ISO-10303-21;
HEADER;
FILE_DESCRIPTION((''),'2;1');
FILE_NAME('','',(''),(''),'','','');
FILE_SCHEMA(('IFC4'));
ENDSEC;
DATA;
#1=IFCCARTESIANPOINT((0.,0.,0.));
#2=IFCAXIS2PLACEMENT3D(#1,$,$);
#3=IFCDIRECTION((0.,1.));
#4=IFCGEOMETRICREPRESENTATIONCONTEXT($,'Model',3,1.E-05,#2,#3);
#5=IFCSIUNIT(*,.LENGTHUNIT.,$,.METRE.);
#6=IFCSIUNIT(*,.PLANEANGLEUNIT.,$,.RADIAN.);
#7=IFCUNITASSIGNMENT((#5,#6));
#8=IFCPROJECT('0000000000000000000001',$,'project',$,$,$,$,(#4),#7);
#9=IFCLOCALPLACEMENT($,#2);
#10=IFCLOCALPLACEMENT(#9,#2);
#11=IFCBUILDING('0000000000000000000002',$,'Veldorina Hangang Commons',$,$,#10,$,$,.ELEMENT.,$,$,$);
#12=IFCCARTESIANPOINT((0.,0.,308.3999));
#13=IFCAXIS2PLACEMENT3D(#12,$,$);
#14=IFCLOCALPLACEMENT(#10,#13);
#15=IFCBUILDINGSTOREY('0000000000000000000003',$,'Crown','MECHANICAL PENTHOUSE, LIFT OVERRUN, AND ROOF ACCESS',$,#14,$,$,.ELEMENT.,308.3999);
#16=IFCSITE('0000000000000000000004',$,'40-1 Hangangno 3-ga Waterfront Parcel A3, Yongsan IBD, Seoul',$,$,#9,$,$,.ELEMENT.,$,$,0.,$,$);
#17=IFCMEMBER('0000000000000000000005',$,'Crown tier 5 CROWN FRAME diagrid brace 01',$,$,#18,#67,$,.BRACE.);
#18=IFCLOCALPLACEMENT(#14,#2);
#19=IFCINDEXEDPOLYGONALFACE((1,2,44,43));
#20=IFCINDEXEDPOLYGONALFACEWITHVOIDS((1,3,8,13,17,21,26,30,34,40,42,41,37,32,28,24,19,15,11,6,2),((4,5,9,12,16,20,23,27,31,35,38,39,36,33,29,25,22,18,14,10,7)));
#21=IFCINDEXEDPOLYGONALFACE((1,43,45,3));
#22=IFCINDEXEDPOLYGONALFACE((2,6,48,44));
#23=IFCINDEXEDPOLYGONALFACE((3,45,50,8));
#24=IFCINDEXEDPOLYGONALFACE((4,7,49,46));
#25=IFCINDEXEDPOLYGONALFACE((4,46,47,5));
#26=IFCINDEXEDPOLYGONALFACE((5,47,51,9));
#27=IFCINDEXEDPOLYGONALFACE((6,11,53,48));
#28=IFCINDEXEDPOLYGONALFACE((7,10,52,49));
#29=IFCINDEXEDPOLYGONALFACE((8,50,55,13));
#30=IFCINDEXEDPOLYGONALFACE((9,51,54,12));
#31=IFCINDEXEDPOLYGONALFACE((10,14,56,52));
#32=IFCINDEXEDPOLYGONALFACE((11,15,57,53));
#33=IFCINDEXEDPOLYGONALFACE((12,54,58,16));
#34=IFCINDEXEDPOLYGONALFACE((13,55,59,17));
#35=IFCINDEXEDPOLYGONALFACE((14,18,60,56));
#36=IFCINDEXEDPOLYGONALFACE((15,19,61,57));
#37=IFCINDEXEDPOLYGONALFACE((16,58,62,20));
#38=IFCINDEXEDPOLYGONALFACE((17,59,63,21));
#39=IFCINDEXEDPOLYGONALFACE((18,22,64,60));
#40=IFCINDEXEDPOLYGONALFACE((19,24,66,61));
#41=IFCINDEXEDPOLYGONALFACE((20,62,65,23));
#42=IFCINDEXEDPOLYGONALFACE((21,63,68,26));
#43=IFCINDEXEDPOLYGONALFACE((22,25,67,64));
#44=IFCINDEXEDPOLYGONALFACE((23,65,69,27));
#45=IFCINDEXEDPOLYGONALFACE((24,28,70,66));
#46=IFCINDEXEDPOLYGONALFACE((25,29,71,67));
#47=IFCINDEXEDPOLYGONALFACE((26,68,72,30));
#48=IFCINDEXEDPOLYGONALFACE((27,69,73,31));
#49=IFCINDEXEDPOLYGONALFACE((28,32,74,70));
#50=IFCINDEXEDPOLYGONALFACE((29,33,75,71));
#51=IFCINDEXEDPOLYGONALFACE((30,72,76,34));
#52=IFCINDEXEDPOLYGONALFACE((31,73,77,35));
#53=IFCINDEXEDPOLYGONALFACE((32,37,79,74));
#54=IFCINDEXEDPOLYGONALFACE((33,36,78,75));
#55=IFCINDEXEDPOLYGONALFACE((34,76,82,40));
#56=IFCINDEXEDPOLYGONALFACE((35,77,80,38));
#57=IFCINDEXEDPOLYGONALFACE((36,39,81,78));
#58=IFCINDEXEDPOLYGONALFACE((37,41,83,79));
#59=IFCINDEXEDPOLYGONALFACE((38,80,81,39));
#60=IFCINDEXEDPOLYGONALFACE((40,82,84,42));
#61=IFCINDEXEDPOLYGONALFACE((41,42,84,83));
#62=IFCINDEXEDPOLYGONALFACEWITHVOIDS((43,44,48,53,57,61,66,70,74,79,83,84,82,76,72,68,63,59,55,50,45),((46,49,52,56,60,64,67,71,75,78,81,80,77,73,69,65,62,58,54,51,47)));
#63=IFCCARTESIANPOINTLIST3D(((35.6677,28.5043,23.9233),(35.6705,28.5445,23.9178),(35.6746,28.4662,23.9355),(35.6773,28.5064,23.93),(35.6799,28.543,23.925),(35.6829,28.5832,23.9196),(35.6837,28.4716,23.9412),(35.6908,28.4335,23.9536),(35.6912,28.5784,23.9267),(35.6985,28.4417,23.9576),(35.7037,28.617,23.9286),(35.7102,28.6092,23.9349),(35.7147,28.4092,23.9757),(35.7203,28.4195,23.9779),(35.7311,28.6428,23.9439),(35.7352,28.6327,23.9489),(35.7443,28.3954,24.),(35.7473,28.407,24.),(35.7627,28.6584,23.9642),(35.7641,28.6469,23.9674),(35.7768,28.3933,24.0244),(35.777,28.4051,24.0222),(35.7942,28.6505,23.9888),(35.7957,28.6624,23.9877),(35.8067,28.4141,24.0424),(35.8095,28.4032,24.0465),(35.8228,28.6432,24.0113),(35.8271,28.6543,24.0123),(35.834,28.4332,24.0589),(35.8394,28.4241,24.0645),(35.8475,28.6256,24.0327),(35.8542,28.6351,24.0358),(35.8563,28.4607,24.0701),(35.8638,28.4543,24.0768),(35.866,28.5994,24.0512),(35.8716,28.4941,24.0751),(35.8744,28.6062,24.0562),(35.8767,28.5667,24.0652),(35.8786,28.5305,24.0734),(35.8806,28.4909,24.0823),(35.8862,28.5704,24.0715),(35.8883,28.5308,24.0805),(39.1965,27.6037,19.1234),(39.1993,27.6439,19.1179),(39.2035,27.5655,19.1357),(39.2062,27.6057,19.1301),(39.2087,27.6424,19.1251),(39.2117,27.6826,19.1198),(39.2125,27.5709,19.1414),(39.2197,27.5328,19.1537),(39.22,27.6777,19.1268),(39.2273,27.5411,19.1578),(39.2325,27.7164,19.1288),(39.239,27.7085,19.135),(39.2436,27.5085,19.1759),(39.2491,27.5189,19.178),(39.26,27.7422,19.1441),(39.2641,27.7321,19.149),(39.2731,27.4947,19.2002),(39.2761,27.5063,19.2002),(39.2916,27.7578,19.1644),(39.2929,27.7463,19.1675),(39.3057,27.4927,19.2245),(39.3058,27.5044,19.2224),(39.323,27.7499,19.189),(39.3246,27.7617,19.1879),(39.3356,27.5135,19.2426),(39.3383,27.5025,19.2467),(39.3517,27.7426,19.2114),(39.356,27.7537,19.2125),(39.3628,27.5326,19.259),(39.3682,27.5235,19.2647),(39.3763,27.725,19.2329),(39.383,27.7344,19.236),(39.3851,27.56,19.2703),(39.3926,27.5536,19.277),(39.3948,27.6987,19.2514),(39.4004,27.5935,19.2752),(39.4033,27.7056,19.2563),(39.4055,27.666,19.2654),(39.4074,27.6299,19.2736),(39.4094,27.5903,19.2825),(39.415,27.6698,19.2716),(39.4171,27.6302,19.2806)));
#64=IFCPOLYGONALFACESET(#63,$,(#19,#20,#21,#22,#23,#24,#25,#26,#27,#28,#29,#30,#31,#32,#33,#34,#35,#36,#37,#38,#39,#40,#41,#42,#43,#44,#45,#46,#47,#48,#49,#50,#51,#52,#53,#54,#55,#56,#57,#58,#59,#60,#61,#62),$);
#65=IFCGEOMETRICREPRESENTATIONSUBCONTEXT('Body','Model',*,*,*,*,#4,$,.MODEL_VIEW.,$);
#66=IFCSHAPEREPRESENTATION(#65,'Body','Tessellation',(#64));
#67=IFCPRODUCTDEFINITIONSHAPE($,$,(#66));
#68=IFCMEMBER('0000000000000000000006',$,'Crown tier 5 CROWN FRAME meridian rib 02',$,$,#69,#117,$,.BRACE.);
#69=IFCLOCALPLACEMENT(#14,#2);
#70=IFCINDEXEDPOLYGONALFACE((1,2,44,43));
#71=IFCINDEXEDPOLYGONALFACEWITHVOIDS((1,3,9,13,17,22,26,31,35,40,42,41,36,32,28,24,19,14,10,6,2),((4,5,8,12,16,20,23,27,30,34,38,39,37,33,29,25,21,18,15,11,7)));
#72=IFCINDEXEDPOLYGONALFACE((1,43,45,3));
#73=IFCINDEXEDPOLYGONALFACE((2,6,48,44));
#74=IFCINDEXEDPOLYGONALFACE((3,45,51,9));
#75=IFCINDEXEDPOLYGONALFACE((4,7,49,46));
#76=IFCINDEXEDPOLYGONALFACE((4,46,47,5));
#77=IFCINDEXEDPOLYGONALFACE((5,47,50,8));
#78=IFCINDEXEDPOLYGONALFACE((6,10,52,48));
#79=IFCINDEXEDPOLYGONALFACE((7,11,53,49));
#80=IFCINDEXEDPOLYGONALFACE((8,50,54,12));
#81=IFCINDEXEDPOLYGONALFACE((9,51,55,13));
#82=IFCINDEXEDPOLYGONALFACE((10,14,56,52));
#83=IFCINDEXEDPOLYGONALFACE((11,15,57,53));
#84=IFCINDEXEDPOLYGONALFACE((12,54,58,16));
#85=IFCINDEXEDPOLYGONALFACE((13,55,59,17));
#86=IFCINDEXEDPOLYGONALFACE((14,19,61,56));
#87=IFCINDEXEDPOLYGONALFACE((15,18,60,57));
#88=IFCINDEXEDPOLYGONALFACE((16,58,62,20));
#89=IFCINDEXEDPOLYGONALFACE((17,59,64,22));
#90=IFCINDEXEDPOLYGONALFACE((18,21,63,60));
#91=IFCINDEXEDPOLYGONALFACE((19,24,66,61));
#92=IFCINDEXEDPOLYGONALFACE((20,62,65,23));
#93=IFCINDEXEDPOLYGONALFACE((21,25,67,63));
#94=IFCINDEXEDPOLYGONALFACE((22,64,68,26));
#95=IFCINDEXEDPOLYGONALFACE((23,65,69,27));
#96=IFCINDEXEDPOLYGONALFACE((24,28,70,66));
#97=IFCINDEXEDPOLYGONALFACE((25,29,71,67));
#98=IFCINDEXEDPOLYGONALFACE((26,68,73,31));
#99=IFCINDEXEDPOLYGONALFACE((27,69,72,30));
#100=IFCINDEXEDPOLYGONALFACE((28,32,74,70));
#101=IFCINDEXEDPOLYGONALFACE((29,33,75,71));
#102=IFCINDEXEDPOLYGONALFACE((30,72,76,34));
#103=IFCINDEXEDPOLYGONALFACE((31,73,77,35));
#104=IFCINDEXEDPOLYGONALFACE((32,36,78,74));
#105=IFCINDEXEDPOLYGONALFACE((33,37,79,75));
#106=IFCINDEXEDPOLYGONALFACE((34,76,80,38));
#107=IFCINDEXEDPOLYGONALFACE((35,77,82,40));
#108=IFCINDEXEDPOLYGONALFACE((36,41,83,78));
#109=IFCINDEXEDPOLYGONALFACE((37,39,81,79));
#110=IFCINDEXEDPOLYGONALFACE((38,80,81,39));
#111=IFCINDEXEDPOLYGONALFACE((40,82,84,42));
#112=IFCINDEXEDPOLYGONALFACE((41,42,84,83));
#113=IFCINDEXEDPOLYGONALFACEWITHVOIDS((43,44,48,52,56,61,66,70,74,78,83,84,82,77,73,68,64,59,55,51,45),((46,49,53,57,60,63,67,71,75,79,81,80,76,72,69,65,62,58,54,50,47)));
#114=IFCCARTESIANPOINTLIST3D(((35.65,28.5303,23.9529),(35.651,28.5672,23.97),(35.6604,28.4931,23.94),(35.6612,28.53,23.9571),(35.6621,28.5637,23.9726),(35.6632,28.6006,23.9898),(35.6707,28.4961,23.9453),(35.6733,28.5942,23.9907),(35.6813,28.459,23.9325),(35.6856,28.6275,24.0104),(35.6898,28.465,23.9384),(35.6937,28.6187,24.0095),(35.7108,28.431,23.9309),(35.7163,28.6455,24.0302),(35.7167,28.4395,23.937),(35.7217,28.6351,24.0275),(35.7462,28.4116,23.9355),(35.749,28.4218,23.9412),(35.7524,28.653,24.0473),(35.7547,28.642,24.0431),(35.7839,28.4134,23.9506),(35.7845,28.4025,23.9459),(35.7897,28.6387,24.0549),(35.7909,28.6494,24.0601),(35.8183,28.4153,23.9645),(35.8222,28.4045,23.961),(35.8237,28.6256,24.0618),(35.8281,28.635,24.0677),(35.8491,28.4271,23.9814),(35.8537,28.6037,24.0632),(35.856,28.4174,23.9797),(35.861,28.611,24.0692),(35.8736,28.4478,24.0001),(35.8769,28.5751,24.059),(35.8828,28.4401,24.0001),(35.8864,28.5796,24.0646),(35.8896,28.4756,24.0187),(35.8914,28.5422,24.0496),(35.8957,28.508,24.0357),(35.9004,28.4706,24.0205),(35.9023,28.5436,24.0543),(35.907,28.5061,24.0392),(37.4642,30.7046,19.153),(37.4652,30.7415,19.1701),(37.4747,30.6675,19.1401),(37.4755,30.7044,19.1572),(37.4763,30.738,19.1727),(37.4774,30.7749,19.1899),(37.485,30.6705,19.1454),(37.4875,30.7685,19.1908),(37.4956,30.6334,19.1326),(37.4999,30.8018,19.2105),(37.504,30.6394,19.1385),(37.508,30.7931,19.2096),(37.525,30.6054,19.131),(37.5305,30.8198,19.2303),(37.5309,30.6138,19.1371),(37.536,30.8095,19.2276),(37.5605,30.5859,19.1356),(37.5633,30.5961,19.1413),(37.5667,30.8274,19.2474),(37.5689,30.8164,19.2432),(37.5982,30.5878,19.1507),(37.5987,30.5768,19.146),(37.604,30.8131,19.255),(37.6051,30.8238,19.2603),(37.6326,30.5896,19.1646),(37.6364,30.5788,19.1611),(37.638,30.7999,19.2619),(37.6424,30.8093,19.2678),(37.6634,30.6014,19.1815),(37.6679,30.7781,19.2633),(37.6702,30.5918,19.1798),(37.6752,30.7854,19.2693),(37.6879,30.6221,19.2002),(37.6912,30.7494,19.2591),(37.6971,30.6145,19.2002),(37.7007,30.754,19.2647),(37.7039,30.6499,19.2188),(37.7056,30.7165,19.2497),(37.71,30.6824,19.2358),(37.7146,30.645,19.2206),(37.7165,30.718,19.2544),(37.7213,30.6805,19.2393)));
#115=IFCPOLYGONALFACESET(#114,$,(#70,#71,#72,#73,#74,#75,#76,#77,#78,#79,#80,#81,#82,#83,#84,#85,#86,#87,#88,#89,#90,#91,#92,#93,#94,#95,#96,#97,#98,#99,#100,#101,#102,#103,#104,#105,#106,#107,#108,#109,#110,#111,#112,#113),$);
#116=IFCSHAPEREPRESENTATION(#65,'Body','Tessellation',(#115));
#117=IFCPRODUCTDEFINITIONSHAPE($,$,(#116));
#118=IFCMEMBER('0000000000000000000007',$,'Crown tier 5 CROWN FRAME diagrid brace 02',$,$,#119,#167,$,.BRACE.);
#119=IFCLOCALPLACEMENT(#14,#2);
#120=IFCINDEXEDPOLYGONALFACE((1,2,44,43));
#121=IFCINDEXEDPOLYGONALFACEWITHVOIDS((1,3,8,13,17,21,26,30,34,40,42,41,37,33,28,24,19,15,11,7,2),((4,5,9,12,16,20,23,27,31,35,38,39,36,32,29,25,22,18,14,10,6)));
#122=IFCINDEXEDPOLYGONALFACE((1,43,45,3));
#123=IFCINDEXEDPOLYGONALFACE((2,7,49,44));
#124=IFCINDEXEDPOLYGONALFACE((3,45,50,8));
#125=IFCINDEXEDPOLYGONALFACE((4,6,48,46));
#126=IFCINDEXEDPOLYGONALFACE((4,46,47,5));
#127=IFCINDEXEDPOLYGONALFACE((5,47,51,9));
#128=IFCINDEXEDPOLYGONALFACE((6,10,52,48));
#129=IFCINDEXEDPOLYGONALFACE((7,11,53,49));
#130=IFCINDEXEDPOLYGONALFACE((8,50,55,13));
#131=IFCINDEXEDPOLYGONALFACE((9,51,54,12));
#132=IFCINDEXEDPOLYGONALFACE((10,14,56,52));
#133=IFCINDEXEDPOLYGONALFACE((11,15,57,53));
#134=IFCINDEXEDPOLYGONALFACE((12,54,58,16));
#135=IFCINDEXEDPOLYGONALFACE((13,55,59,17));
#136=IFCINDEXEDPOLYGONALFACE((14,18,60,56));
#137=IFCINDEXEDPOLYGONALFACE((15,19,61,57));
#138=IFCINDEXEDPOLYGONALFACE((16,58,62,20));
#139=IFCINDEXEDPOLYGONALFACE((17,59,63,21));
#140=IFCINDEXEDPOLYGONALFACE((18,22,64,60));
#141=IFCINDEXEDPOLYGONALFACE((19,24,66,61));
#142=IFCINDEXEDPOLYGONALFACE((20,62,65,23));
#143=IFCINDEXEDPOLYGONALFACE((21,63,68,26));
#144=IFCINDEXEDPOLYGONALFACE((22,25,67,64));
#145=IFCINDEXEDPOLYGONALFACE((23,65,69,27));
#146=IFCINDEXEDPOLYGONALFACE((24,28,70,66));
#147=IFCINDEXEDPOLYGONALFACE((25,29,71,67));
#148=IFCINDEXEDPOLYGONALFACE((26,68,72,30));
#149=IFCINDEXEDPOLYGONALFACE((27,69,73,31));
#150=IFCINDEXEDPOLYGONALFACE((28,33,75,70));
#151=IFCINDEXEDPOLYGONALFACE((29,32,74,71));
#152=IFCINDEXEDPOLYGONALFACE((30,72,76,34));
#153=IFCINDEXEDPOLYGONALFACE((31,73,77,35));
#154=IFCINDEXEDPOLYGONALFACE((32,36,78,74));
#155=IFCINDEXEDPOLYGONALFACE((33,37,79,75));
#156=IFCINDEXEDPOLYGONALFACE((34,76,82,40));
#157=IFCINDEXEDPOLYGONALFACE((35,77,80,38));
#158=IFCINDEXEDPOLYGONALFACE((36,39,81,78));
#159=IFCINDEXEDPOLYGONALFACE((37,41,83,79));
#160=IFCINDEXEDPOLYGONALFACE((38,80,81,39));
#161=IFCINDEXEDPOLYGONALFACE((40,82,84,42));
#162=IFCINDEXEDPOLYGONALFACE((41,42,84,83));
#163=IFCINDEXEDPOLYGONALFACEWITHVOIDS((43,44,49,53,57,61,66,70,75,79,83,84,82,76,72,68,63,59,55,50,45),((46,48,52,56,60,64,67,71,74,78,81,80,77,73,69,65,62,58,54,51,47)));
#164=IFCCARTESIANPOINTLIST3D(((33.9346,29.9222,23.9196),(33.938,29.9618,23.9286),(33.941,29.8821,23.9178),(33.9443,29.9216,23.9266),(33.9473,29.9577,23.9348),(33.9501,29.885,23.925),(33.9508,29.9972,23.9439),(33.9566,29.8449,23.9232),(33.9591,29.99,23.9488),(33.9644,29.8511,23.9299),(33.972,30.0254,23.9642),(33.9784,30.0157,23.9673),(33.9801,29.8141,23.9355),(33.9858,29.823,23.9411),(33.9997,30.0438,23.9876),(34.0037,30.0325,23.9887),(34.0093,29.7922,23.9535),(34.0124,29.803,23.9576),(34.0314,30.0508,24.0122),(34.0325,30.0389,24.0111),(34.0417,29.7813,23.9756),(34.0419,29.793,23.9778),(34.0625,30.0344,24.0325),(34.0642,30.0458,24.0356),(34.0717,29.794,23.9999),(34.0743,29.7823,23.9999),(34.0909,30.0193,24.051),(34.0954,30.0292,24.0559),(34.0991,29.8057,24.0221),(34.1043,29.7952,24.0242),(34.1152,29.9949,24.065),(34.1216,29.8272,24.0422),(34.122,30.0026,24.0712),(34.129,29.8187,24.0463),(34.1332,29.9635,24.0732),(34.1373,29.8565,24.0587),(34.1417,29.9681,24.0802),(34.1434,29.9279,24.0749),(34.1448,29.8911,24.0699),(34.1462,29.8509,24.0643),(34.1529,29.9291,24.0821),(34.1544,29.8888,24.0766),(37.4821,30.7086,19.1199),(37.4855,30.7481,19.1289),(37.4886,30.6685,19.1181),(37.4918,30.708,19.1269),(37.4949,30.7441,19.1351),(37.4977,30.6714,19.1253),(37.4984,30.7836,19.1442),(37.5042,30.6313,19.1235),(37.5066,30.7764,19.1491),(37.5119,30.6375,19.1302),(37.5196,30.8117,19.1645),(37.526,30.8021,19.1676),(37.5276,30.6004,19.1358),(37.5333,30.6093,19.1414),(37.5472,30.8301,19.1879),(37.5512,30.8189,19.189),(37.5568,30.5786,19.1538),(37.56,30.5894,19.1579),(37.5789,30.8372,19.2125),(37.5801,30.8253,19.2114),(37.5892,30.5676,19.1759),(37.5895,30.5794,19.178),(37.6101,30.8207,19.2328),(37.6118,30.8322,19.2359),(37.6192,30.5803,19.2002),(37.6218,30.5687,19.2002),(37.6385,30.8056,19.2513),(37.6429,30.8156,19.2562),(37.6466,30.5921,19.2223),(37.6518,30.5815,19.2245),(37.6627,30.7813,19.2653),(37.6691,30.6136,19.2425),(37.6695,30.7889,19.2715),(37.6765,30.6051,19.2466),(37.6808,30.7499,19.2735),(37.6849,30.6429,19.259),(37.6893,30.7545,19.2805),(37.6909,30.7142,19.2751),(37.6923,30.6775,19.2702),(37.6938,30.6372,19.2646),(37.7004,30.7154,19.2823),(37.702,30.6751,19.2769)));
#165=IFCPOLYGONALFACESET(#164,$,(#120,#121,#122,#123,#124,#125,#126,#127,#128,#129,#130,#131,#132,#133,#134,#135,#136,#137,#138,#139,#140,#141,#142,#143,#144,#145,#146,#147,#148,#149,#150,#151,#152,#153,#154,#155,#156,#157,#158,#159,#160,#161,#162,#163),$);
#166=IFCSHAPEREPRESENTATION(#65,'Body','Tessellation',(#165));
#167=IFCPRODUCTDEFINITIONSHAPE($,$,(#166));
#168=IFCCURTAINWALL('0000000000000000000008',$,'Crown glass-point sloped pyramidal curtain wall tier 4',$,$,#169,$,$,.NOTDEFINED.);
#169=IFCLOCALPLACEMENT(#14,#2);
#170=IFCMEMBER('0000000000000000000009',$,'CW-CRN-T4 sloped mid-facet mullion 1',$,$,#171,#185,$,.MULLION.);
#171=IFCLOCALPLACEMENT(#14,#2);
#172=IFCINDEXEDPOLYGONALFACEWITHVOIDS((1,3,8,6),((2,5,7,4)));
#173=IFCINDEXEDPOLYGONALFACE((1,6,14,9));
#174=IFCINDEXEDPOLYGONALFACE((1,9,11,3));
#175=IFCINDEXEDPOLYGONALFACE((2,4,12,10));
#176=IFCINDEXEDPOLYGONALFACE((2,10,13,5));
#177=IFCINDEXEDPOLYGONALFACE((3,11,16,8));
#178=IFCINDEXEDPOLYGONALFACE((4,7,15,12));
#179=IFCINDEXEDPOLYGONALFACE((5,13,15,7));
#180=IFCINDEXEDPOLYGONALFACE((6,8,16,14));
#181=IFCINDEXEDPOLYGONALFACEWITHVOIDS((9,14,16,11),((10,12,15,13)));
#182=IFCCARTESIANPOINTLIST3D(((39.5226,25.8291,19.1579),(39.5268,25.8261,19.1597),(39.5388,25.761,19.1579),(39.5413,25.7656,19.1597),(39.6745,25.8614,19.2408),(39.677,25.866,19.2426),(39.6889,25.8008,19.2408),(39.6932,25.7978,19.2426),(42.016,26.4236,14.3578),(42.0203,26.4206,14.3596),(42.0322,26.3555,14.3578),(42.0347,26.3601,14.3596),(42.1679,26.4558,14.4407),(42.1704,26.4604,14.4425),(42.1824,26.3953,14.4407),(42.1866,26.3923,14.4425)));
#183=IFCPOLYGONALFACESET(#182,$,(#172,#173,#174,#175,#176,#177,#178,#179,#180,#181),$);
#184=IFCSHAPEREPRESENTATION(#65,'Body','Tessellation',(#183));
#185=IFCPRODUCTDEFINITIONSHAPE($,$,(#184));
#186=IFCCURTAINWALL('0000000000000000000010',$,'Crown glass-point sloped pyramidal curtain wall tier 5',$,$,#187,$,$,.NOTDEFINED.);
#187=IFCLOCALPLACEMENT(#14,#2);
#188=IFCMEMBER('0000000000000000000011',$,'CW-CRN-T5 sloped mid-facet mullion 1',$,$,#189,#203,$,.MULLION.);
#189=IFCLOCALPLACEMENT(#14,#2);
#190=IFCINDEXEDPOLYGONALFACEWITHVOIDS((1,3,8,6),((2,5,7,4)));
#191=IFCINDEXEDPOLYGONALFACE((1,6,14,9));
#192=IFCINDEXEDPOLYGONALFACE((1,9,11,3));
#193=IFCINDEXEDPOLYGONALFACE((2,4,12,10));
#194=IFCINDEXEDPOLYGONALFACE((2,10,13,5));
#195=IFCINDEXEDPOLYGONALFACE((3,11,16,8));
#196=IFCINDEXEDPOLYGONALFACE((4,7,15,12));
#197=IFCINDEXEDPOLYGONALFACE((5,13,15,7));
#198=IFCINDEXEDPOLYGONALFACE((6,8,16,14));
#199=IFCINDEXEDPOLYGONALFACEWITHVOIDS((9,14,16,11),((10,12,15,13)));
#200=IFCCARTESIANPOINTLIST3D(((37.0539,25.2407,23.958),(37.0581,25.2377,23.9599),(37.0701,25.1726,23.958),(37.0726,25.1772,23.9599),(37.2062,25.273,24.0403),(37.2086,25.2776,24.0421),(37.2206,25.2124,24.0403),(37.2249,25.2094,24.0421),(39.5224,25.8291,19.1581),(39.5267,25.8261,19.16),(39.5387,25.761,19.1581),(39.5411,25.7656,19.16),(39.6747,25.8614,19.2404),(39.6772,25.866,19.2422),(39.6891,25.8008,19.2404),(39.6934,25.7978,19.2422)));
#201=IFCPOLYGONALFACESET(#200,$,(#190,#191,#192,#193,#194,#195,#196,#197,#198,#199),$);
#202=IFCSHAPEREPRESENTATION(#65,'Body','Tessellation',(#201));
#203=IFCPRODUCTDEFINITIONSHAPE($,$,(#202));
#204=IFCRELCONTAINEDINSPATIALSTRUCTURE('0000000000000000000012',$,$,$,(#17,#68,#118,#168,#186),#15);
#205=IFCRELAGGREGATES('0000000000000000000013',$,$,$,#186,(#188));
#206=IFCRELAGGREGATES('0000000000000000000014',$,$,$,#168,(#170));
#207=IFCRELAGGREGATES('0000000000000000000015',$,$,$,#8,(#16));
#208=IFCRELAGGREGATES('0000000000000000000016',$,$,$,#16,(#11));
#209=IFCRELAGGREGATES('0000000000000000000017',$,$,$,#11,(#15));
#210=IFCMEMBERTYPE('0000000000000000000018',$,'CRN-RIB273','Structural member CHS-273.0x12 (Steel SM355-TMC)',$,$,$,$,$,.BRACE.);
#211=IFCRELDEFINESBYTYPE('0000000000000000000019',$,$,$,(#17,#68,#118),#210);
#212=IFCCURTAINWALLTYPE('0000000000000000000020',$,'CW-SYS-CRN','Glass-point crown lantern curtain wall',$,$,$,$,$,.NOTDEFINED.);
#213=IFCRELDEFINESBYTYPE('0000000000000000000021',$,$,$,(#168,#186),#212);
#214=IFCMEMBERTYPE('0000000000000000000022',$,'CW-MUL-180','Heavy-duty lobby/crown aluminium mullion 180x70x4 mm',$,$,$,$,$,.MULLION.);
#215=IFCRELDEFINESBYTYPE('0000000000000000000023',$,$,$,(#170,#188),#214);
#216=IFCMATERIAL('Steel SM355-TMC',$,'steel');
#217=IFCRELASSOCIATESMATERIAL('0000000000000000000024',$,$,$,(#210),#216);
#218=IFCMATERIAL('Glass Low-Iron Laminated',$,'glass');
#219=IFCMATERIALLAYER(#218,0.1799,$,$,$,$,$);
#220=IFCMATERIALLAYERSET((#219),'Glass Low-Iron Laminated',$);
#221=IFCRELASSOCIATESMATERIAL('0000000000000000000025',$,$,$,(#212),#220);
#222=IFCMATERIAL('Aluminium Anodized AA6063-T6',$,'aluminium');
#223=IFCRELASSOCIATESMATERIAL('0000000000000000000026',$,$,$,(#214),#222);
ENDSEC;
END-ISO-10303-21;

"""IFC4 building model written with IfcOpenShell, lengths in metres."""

from ifc_helpers import new_model, si_unit, direction, frame, origin, origin_2d, place, context, subcontext, project, spatial, hollow_rectangle, hollow_circle, extrude, material, layer, layer_set, material_profile, profile_set, type_object, element, aggregate, save


model = new_model("IFC4")

# Units and contexts
model_context = context("Model", 3, precision=1e-05, world=origin(), true_north=direction((0.0, 1.0)))
body_context = subcontext(model_context, "Body", "Model", "MODEL_VIEW")
ifc_project = project(units=[si_unit("LENGTHUNIT", "METRE"), si_unit("PLANEANGLEUNIT", "RADIAN")], contexts=[model_context])

# Site, building, storey
site_placement = place(None, origin())
site = spatial("IfcSite", under=ifc_project, at=site_placement, Name="40-1 Hangangno 3-ga Waterfront Parcel A3, Yongsan IBD, Seoul", CompositionType="ELEMENT", RefElevation=0.0)
building_placement = place(site_placement, origin())
building = spatial("IfcBuilding", under=site, at=building_placement, Name="Veldorina Hangang Commons", CompositionType="ELEMENT")
storey_placement = place(building_placement, frame((0.0, 0.0, 308.3999)))
storey = spatial("IfcBuildingStorey", under=building, at=storey_placement, Name="Crown", Description="MECHANICAL PENTHOUSE, LIFT OVERRUN, AND ROOF ACCESS", CompositionType="ELEMENT", Elevation=308.3999)

# Members
ifc_material_1 = material(Name="Steel SM355-TMC", Category="steel")
ifc_material_profile_1 = material_profile(ifc_material_1, hollow_circle(Radius=0.1365, WallThickness=0.012, at=origin_2d()), Name="CHS-273.0x12")
ifc_profile_set_1 = profile_set([ifc_material_profile_1], Name="Steel SM355-TMC")
member_type_1 = type_object("IfcMemberType", Name="CRN-RIB273", Description="Structural member CHS-273.0x12 (Steel SM355-TMC)", PredefinedType="BRACE", material=ifc_profile_set_1)
member_1_placement = place(storey_placement, frame((39.3069, 27.627, 19.2002), z_axis=(-0.585685, 0.149481, 0.796636), x_axis=(-0.247296, -0.96894, 0.0)))
element("IfcMember", 1, at=member_1_placement, inside=storey, type_object=member_type_1, Name="Crown tier 5 CROWN FRAME diagrid brace 01", PredefinedType="BRACE", context=body_context, shape_type="SweptSolid", body=[
    extrude(hollow_circle(Radius=0.1365, WallThickness=0.012, at=origin_2d()), origin(), (0.0, 0.0, 1.0), 6.0251),
])
member_2_placement = place(storey_placement, frame((37.5923, 30.7019, 19.2002), z_axis=(-0.325542, -0.390159, 0.861277), x_axis=(0.767825, -0.640659, 0.0)))
element("IfcMember", 2, at=member_2_placement, inside=storey, type_object=member_type_1, Name="Crown tier 5 CROWN FRAME meridian rib 02", PredefinedType="BRACE", context=body_context, shape_type="SweptSolid", body=[
    extrude(hollow_circle(Radius=0.1365, WallThickness=0.012, at=origin_2d()), origin(), (0.0, 0.0, 1.0), 5.573),
])
member_3_placement = place(storey_placement, frame((37.5923, 30.7019, 19.2002), z_axis=(-0.58929, -0.130624, 0.797292), x_axis=(0.216411, -0.976302, 0.0)))
element("IfcMember", 3, at=member_3_placement, inside=storey, type_object=member_type_1, Name="Crown tier 5 CROWN FRAME diagrid brace 02", PredefinedType="BRACE", context=body_context, shape_type="SweptSolid", body=[
    extrude(hollow_circle(Radius=0.1365, WallThickness=0.012, at=origin_2d()), origin(), (0.0, 0.0, 1.0), 6.02),
])

# Curtain wall, member
ifc_material_2 = material(Name="Glass Low-Iron Laminated", Category="glass")
ifc_layer_1 = layer(ifc_material_2, 0.1799)
ifc_layer_set_1 = layer_set([ifc_layer_1], Name="Glass Low-Iron Laminated")
curtain_wall_type = type_object("IfcCurtainWallType", Name="CW-SYS-CRN", Description="Glass-point crown lantern curtain wall", PredefinedType="NOTDEFINED", material=ifc_layer_set_1)
curtain_wall_1_placement = place(storey_placement, origin())
curtain_wall_1 = element("IfcCurtainWall", 4, at=curtain_wall_1_placement, inside=storey, type_object=curtain_wall_type, Name="Crown glass-point sloped pyramidal curtain wall tier 4", PredefinedType="NOTDEFINED")
ifc_material_3 = material(Name="Aluminium Anodized AA6063-T6", Category="aluminium")
ifc_material_profile_2 = material_profile(ifc_material_3, hollow_rectangle(XDim=0.0701, YDim=0.1799, WallThickness=0.0039, at=origin_2d()), Name="ALU-RHS-180x70x4")
ifc_profile_set_2 = profile_set([ifc_material_profile_2], Name="Aluminium Anodized AA6063-T6")
member_type_2 = type_object("IfcMemberType", Name="CW-MUL-180", Description="Heavy-duty lobby/crown aluminium mullion 180x70x4 mm", PredefinedType="MULLION", material=ifc_profile_set_2)
member_4_placement = place(storey_placement, frame((42.1013, 26.408, 14.4001), z_axis=(-0.458213, -0.109248, 0.882103), x_axis=(0.231921, -0.972735, 0.0)))
member_4 = element("IfcMember", 5, at=member_4_placement, type_object=member_type_2, Name="CW-CRN-T4 sloped mid-facet mullion 1", PredefinedType="MULLION", context=body_context, shape_type="SweptSolid", body=[
    extrude(hollow_rectangle(XDim=0.0701, YDim=0.1799, WallThickness=0.0039, at=origin_2d()), origin(), (0.0, 0.0, 1.0), 5.4417),
])

# Curtain wall, member
curtain_wall_2_placement = place(storey_placement, origin())
curtain_wall_2 = element("IfcCurtainWall", 6, at=curtain_wall_2_placement, inside=storey, type_object=curtain_wall_type, Name="Crown glass-point sloped pyramidal curtain wall tier 5", PredefinedType="NOTDEFINED")
member_5_placement = place(storey_placement, frame((39.6079, 25.8135, 19.2002), z_axis=(-0.45466, -0.10837, 0.884048), x_axis=(0.231859, -0.972749, 0.0)))
member_5 = element("IfcMember", 7, at=member_5_placement, type_object=member_type_2, Name="CW-CRN-T5 sloped mid-facet mullion 1", PredefinedType="MULLION", context=body_context, shape_type="SweptSolid", body=[
    extrude(hollow_rectangle(XDim=0.0701, YDim=0.1799, WallThickness=0.0039, at=origin_2d()), origin(), (0.0, 0.0, 1.0), 5.4294),
])
aggregate(curtain_wall_2, [member_5])

aggregate(curtain_wall_1, [member_4])

save(model, "model.ifc")
